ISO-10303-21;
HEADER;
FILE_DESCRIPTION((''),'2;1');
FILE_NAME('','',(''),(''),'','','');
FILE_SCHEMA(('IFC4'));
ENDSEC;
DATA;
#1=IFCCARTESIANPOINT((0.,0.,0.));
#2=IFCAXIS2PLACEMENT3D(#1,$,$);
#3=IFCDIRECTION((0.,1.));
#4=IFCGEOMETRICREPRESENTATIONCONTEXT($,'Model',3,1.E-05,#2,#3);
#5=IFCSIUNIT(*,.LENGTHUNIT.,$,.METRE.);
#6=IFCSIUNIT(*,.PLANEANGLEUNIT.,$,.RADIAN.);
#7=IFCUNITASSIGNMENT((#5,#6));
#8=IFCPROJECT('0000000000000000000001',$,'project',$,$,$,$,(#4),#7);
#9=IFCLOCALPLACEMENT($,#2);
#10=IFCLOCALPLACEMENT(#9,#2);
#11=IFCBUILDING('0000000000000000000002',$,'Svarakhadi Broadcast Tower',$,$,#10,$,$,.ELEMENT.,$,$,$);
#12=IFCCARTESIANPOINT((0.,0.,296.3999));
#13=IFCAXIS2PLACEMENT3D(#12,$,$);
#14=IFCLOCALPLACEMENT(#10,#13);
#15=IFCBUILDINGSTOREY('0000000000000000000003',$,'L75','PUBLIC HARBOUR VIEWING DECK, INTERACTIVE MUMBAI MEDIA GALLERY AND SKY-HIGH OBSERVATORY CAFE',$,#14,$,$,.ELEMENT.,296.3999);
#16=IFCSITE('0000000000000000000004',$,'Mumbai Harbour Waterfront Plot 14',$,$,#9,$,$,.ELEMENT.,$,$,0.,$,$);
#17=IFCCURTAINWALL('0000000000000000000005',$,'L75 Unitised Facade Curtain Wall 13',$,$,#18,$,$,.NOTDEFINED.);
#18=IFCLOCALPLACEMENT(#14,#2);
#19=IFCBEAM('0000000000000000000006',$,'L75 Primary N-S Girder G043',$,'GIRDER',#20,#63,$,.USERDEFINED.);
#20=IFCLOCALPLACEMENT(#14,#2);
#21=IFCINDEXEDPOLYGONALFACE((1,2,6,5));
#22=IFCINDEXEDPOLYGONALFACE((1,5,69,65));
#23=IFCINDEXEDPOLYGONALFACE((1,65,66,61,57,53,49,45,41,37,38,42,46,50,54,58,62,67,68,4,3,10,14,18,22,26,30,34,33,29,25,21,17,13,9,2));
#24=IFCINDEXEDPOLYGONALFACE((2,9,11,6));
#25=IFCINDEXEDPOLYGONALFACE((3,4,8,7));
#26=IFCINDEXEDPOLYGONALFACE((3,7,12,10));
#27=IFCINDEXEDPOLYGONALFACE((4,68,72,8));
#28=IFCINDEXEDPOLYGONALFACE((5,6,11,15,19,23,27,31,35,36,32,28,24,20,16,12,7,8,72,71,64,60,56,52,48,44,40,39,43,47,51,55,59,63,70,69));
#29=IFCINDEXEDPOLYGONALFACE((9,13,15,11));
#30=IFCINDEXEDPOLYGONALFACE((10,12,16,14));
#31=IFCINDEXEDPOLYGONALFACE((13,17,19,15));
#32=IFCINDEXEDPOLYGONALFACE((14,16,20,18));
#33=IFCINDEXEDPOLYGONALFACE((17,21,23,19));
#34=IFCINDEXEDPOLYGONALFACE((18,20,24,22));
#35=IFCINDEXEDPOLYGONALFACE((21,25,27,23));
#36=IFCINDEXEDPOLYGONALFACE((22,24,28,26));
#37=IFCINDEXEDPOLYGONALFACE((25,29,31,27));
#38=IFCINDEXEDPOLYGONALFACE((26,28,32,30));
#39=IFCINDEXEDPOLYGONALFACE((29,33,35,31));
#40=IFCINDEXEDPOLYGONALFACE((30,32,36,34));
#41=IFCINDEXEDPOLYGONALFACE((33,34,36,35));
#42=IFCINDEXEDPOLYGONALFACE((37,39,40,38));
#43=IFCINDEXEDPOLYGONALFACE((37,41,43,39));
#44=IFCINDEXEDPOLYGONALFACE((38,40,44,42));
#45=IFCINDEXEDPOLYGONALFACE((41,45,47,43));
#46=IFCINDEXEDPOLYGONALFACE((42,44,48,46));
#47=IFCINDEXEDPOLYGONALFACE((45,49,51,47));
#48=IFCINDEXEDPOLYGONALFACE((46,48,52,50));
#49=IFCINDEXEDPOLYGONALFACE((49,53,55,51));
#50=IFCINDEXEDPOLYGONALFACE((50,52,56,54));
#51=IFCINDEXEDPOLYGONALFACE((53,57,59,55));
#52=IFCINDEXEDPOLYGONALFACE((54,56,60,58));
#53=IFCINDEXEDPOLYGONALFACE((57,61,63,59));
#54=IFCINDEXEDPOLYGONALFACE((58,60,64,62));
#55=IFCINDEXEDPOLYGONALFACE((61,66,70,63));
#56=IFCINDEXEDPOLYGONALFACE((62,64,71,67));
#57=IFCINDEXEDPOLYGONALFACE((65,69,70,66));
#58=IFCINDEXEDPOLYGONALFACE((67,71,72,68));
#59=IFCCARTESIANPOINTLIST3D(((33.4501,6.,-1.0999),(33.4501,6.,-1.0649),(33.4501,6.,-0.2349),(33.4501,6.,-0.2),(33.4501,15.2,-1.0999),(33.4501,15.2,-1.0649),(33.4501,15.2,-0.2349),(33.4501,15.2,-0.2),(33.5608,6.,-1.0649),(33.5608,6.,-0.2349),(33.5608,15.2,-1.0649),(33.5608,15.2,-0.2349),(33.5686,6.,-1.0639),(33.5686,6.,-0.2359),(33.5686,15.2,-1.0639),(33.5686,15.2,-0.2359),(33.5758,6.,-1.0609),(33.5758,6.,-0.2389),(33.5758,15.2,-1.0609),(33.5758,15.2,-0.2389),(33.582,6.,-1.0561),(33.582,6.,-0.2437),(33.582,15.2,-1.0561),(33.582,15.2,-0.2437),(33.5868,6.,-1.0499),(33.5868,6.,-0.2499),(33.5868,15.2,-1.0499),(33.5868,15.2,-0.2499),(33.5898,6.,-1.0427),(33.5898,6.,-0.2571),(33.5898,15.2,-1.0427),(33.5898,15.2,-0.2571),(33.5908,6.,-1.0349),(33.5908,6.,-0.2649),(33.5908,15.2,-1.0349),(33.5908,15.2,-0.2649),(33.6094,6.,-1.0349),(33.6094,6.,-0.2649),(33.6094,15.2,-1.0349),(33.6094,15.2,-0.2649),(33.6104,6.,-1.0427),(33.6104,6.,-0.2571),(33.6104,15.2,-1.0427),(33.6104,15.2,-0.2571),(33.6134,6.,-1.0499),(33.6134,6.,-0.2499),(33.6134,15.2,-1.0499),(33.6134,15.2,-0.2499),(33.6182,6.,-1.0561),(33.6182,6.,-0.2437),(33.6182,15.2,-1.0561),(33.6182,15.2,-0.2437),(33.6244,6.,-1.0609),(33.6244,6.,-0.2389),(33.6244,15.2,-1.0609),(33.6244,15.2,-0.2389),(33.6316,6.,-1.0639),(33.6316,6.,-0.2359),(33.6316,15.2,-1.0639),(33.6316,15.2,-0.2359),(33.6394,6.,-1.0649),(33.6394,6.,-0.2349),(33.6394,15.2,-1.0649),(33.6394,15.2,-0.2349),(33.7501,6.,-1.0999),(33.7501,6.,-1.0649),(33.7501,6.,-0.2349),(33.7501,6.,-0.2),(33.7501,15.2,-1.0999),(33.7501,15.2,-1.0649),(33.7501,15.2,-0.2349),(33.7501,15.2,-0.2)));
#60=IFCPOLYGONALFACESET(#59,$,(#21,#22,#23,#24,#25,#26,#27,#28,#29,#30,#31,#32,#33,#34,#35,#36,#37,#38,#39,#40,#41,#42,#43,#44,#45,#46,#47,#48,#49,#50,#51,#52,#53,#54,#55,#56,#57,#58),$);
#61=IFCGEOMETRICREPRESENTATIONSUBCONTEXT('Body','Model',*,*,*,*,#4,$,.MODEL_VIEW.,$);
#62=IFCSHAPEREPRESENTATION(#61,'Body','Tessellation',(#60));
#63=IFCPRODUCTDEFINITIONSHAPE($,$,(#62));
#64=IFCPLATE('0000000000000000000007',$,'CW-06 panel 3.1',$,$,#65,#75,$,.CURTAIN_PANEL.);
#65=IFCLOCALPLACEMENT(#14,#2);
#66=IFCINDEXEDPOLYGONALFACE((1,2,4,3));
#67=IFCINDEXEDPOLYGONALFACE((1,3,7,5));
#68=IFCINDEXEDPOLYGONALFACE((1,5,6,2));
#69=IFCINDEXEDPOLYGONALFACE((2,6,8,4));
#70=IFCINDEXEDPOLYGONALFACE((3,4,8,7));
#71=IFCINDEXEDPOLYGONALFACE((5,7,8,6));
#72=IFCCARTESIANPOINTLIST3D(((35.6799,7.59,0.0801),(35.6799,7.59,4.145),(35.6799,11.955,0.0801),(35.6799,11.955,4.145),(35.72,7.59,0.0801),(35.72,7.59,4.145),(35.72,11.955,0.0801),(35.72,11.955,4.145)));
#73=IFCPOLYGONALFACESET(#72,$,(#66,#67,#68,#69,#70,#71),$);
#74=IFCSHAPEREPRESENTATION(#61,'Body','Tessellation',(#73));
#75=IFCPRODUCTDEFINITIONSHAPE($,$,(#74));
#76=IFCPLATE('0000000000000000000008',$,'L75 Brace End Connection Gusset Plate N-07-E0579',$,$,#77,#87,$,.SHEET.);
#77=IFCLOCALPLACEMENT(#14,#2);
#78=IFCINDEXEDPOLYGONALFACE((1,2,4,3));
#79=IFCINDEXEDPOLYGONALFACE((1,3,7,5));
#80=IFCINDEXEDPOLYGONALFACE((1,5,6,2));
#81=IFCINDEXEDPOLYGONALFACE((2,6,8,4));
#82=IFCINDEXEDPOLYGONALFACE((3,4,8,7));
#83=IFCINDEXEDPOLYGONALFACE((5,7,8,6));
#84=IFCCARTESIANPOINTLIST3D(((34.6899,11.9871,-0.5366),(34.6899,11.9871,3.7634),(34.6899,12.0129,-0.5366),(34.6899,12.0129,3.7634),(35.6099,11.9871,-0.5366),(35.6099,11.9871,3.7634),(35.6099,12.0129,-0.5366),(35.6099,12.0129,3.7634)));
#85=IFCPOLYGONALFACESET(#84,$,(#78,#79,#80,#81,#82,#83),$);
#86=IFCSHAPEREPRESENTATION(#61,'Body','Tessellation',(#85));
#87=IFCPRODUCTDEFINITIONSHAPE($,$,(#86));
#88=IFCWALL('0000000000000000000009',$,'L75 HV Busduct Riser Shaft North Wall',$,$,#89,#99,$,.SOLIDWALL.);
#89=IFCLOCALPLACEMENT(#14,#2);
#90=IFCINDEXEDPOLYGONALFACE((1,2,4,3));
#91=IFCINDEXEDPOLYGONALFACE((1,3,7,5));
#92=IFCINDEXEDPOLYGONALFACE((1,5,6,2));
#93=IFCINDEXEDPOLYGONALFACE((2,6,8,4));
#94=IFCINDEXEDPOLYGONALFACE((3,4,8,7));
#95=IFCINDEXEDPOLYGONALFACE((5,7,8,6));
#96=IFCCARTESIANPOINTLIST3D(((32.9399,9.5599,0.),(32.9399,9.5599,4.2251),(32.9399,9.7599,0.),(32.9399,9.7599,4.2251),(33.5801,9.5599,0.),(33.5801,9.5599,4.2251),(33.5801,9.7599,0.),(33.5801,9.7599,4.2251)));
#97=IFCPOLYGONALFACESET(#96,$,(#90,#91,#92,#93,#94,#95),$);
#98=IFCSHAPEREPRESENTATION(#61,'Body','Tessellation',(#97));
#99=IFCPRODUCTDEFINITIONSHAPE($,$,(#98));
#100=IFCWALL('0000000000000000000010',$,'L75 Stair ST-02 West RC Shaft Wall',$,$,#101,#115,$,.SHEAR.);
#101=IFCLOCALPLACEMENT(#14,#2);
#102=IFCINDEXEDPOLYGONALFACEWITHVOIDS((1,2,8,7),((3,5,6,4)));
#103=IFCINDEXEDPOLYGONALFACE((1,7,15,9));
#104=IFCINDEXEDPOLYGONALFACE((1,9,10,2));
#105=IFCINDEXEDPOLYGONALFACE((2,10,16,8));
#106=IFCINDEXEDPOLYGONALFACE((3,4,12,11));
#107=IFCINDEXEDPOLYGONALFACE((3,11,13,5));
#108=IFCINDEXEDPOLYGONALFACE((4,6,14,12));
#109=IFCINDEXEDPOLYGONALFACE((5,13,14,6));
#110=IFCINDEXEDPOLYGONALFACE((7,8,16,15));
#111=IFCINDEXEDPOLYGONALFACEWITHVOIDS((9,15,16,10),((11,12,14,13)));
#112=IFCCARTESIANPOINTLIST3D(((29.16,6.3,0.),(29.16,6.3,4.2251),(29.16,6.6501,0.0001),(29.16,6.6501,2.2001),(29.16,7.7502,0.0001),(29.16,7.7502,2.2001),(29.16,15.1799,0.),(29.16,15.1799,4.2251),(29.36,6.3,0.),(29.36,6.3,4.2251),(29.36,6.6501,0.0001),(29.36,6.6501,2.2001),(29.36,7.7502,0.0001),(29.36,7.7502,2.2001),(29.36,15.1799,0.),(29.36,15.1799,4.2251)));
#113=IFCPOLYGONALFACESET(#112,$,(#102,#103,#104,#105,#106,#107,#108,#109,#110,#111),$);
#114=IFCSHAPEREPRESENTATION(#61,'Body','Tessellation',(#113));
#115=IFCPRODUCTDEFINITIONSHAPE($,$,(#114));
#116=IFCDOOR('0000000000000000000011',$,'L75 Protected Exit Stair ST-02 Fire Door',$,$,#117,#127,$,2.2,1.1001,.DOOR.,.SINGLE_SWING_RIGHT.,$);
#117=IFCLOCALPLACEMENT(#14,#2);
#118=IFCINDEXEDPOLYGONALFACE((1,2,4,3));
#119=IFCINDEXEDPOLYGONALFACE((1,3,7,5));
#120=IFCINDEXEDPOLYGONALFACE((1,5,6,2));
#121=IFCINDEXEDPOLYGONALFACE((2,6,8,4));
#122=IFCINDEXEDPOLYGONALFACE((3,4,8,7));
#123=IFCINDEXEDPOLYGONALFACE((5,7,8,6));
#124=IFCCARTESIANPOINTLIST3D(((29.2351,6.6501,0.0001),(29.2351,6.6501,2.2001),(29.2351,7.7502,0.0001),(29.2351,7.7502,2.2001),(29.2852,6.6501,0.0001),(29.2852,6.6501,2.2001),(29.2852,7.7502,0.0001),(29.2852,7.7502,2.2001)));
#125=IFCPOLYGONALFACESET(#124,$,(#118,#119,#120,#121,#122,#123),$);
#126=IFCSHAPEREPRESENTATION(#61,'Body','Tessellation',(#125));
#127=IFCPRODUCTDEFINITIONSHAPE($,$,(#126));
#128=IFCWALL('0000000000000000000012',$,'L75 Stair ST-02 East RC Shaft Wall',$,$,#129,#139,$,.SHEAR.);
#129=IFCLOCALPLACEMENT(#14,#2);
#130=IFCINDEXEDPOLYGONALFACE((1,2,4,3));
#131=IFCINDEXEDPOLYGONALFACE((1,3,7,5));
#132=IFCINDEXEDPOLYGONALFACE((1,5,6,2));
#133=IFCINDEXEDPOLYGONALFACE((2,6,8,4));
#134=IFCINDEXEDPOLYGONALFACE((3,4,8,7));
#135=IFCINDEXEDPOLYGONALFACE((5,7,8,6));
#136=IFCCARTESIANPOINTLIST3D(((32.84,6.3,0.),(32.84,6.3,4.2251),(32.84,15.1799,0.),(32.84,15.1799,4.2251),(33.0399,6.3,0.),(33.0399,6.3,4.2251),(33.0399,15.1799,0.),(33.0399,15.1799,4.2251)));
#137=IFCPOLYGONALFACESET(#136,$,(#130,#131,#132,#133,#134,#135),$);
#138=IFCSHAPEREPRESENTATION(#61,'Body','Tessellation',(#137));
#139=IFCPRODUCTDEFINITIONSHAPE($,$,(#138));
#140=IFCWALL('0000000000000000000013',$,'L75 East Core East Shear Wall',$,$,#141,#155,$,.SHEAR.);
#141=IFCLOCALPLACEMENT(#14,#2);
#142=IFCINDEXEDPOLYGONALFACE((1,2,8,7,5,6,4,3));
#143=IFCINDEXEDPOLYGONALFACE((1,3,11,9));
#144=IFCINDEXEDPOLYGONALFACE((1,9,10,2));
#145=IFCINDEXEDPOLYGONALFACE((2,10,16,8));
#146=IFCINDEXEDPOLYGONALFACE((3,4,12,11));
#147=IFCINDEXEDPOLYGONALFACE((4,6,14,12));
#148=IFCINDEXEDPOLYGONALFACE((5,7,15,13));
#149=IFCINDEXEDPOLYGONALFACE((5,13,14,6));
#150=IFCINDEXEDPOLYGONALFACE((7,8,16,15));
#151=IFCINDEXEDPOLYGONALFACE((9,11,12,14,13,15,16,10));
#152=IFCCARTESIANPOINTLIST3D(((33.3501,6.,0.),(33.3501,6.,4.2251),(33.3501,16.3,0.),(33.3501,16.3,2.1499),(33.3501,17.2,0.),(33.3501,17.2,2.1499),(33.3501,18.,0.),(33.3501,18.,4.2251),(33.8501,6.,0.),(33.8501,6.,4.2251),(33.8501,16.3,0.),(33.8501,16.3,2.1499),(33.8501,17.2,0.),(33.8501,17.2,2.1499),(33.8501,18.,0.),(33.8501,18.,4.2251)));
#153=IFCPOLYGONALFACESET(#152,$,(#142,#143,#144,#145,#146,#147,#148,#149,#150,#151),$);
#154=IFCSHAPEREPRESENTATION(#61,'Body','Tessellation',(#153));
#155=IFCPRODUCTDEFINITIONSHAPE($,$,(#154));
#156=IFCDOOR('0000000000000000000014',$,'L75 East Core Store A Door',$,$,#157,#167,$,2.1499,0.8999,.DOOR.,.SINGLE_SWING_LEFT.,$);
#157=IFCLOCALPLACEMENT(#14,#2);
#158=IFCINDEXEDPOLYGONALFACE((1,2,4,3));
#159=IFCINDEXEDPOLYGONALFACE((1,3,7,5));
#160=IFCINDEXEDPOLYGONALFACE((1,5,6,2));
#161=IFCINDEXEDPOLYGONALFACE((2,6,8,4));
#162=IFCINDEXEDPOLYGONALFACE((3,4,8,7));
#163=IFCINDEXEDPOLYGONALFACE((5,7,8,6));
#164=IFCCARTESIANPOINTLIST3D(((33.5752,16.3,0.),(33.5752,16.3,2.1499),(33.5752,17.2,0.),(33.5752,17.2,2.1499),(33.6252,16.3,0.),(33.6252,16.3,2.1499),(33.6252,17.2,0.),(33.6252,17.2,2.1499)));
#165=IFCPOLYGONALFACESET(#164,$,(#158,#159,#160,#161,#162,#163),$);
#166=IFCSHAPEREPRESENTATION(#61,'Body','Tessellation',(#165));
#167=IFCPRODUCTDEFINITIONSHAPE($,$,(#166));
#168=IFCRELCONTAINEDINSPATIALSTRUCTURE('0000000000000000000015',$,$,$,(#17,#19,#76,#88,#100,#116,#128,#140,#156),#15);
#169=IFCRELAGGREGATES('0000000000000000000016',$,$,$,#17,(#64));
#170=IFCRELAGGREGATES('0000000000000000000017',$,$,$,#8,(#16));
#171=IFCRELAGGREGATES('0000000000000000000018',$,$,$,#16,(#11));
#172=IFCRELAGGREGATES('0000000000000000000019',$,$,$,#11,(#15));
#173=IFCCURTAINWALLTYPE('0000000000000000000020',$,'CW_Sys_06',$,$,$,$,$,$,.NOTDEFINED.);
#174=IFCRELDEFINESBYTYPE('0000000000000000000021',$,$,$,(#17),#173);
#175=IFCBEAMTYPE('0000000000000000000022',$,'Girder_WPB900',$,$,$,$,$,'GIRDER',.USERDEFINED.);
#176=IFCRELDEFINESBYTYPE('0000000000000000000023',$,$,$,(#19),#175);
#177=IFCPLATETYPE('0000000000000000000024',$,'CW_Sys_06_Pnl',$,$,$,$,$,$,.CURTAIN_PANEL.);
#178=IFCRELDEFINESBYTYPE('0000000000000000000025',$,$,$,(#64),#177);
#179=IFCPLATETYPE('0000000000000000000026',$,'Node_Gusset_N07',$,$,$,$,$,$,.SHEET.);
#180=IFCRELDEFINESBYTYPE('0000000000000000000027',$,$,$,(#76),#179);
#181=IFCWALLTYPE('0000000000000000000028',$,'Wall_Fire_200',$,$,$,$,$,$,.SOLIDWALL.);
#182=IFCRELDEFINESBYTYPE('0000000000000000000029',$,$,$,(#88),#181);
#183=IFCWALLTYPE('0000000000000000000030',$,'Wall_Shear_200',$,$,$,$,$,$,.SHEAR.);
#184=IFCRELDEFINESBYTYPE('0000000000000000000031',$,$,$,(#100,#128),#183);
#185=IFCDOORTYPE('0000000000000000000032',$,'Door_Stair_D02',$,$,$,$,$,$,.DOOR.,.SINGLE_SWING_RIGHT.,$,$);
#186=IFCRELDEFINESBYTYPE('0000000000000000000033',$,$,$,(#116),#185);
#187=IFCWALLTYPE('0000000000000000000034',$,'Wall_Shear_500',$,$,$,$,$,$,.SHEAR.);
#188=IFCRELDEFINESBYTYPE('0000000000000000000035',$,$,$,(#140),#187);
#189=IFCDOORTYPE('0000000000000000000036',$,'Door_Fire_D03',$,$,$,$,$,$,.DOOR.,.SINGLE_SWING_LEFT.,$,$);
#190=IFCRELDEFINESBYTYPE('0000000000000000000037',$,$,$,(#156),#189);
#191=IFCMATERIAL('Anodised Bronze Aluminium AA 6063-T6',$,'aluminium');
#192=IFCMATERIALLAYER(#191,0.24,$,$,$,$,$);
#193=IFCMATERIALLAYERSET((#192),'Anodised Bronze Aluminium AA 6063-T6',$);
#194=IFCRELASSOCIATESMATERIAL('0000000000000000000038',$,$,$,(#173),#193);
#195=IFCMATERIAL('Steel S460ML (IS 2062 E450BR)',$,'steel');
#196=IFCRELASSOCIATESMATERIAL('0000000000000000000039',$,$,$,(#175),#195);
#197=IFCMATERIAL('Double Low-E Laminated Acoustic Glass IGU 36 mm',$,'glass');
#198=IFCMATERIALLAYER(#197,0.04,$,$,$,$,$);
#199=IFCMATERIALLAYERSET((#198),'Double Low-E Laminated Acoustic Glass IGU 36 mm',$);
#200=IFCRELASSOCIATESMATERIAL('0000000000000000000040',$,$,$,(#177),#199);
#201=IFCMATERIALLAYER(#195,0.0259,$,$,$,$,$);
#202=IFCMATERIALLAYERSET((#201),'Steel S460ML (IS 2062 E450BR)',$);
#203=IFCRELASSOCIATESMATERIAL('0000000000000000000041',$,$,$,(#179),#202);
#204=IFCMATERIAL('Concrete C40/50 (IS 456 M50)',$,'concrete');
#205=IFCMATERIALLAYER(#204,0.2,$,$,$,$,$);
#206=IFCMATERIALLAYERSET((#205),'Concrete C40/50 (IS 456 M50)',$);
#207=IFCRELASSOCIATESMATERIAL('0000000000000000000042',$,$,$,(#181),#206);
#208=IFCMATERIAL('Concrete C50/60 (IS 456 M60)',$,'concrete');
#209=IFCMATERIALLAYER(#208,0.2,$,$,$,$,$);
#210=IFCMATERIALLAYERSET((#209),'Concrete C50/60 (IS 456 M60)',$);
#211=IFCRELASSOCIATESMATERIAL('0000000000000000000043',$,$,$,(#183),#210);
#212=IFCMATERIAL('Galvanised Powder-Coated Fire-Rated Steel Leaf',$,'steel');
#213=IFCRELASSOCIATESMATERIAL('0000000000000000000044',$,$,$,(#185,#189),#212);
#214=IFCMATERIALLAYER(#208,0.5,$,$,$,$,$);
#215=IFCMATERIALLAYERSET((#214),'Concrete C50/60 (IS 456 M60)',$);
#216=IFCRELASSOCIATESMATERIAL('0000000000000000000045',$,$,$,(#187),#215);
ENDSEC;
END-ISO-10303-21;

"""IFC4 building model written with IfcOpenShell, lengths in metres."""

from ifc_helpers import new_model, si_unit, direction, frame, frame_2d, origin, origin_2d, place, context, subcontext, project, spatial, rectangle, i_section, extrude, material, layer, layer_set, material_profile, profile_set, type_object, element, fill, aggregate, save


model = new_model("IFC4")

# Units and contexts
model_context = context("Model", 3, precision=1e-05, world=origin(), true_north=direction((0.0, 1.0)))
body_context = subcontext(model_context, "Body", "Model", "MODEL_VIEW")
ifc_project = project(units=[si_unit("LENGTHUNIT", "METRE"), si_unit("PLANEANGLEUNIT", "RADIAN")], contexts=[model_context])

# Site, building, storey
site_placement = place(None, origin())
site = spatial("IfcSite", under=ifc_project, at=site_placement, Name="Mumbai Harbour Waterfront Plot 14", CompositionType="ELEMENT", RefElevation=0.0)
building_placement = place(site_placement, origin())
building = spatial("IfcBuilding", under=site, at=building_placement, Name="Svarakhadi Broadcast Tower", CompositionType="ELEMENT")
storey_placement = place(building_placement, frame((0.0, 0.0, 296.3999)))
storey = spatial("IfcBuildingStorey", under=building, at=storey_placement, Name="L75", Description="PUBLIC HARBOUR VIEWING DECK, INTERACTIVE MUMBAI MEDIA GALLERY AND SKY-HIGH OBSERVATORY CAFE", CompositionType="ELEMENT", Elevation=296.3999)

# Shared definitions
ifc_material_1 = material(Name="Steel S460ML (IS 2062 E450BR)", Category="steel")

# Curtain wall
ifc_material_2 = material(Name="Anodised Bronze Aluminium AA 6063-T6", Category="aluminium")
ifc_layer_1 = layer(ifc_material_2, 0.24)
ifc_layer_set_1 = layer_set([ifc_layer_1], Name="Anodised Bronze Aluminium AA 6063-T6")
curtain_wall_type = type_object("IfcCurtainWallType", Name="CW_Sys_06", PredefinedType="NOTDEFINED", material=ifc_layer_set_1)
curtain_wall_placement = place(storey_placement, origin())
curtain_wall = element("IfcCurtainWall", 1, at=curtain_wall_placement, inside=storey, type_object=curtain_wall_type, Name="L75 Unitised Facade Curtain Wall 13", PredefinedType="NOTDEFINED")

# Beam
ifc_material_3 = material(Name="Concrete C50/60 (IS 456 M60)", Category="concrete")
ifc_material_profile_1 = material_profile(ifc_material_1, i_section(OverallWidth=0.3, OverallDepth=0.8999, WebThickness=0.0186, FlangeThickness=0.0349, FilletRadius=0.03, at=origin_2d()), Name="WPB 900x300x291")
ifc_profile_set_1 = profile_set([ifc_material_profile_1], Name="Steel S460ML (IS 2062 E450BR)")
beam_type_1 = type_object("IfcBeamType", Name="Girder_WPB900", ElementType="GIRDER", PredefinedType="USERDEFINED", material=ifc_profile_set_1)
beam_1_placement = place(storey_placement, frame((33.6001, 6.0, -0.6499), z_axis=(0.0, 1.0, 0.0), x_axis=(-1.0, 0.0, 0.0)))
element("IfcBeam", 2, at=beam_1_placement, inside=storey, type_object=beam_type_1, Name="L75 Primary N-S Girder G043", ObjectType="GIRDER", PredefinedType="USERDEFINED", context=body_context, shape_type="SweptSolid", body=[
    extrude(i_section(OverallWidth=0.3, OverallDepth=0.8999, WebThickness=0.0186, FlangeThickness=0.0349, FilletRadius=0.03, at=origin_2d()), origin(), (0.0, 0.0, 1.0), 9.2),
])

# Plates
ifc_material_4 = material(Name="Double Low-E Laminated Acoustic Glass IGU 36 mm", Category="glass")
ifc_layer_2 = layer(ifc_material_4, 0.04)
ifc_layer_set_2 = layer_set([ifc_layer_2], Name="Double Low-E Laminated Acoustic Glass IGU 36 mm")
plate_type_1 = type_object("IfcPlateType", Name="CW_Sys_06_Pnl", PredefinedType="CURTAIN_PANEL", material=ifc_layer_set_2)
plate_1_placement = place(storey_placement, frame((35.7, 9.7725, 0.0801), z_axis=(0.0, 0.0, 1.0), x_axis=(0.0, -1.0, 0.0)))
plate_1 = element("IfcPlate", 3, at=plate_1_placement, type_object=plate_type_1, Name="CW-06 panel 3.1", PredefinedType="CURTAIN_PANEL", context=body_context, shape_type="SweptSolid", body=[
    extrude(rectangle(XDim=4.365, YDim=0.04, at=origin_2d()), origin(), (0.0, 0.0, 1.0), 4.0649),
])
aggregate(curtain_wall, [plate_1])
ifc_layer_3 = layer(ifc_material_1, 0.0259)
ifc_layer_set_3 = layer_set([ifc_layer_3], Name="Steel S460ML (IS 2062 E450BR)")
plate_type_2 = type_object("IfcPlateType", Name="Node_Gusset_N07", PredefinedType="SHEET", material=ifc_layer_set_3)
plate_2_placement = place(storey_placement, frame((35.1499, 12.0, -0.5366), z_axis=(0.0, 0.0, 1.0), x_axis=(1.0, 0.0, 0.0)))
element("IfcPlate", 4, at=plate_2_placement, inside=storey, type_object=plate_type_2, Name="L75 Brace End Connection Gusset Plate N-07-E0579", PredefinedType="SHEET", context=body_context, shape_type="SweptSolid", body=[
    extrude(rectangle(XDim=0.9199, YDim=0.0259, at=origin_2d()), origin(), (0.0, 0.0, 1.0), 4.3),
])

# Wall
ifc_material_5 = material(Name="Concrete C40/50 (IS 456 M50)", Category="concrete")
ifc_layer_4 = layer(ifc_material_5, 0.2)
ifc_layer_set_4 = layer_set([ifc_layer_4], Name="Concrete C40/50 (IS 456 M50)")
wall_type_1 = type_object("IfcWallType", Name="Wall_Fire_200", PredefinedType="SOLIDWALL", material=ifc_layer_set_4)
wall_1_placement = place(storey_placement, frame((32.9399, 9.6599, 0.0), z_axis=(0.0, 0.0, 1.0), x_axis=(1.0, 0.0, 0.0)))
element("IfcWall", 5, at=wall_1_placement, inside=storey, type_object=wall_type_1, Name="L75 HV Busduct Riser Shaft North Wall", PredefinedType="SOLIDWALL", context=body_context, shape_type="SweptSolid", body=[
    extrude(rectangle(XDim=0.6401, YDim=0.2, at=frame_2d((0.3201, 0.0))), origin(), (0.0, 0.0, 1.0), 4.2251),
])

# Wall, opening, door
ifc_layer_5 = layer(ifc_material_3, 0.2)
ifc_layer_set_5 = layer_set([ifc_layer_5], Name="Concrete C50/60 (IS 456 M60)")
wall_type_2 = type_object("IfcWallType", Name="Wall_Shear_200", PredefinedType="SHEAR", material=ifc_layer_set_5)
wall_2_placement = place(storey_placement, frame((29.26, 6.3, 0.0), z_axis=(0.0, 0.0, 1.0), x_axis=(0.0, 1.0, 0.0)))
wall_2 = element("IfcWall", 6, at=wall_2_placement, inside=storey, type_object=wall_type_2, Name="L75 Stair ST-02 West RC Shaft Wall", PredefinedType="SHEAR", context=body_context, shape_type="SweptSolid", body=[
    extrude(rectangle(XDim=8.8799, YDim=0.2, at=frame_2d((4.4399, 0.0))), origin(), (0.0, 0.0, 1.0), 4.2251),
])
opening_1_placement = place(wall_2_placement, frame((0.3501, 0.0, 0.0)))
opening_1 = element("IfcOpeningElement", 7, at=opening_1_placement, cuts=wall_2, PredefinedType="OPENING", context=body_context, shape_type="SweptSolid", body=[
    extrude(rectangle(XDim=1.1001, YDim=2.2, at=frame_2d((0.55, 1.1001))), frame((0.0, 0.1099, 0.0), z_axis=(0.0, -1.0, 0.0), x_axis=(1.0, 0.0, 0.0)), (0.0, 0.0, 1.0), 0.22),
])
ifc_material_6 = material(Name="Galvanised Powder-Coated Fire-Rated Steel Leaf", Category="steel")
door_type_1 = type_object("IfcDoorType", Name="Door_Stair_D02", OperationType="SINGLE_SWING_RIGHT", PredefinedType="DOOR", material=ifc_material_6)
door_1_placement = place(opening_1_placement, origin())
door_1 = element("IfcDoor", 8, at=door_1_placement, inside=storey, type_object=door_type_1, Name="L75 Protected Exit Stair ST-02 Fire Door", OperationType="SINGLE_SWING_RIGHT", OverallHeight=2.2, OverallWidth=1.1001, PredefinedType="DOOR", context=body_context, shape_type="SweptSolid", body=[
    extrude(rectangle(XDim=1.1001, YDim=2.2, at=frame_2d((0.55, 1.1001))), frame((0.0, 0.0249, 0.0), z_axis=(0.0, -1.0, 0.0), x_axis=(1.0, 0.0, 0.0)), (0.0, 0.0, 1.0), 0.05),
])
fill(opening_1, door_1)

# Wall
wall_3_placement = place(storey_placement, frame((32.9399, 6.3, 0.0), z_axis=(0.0, 0.0, 1.0), x_axis=(0.0, 1.0, 0.0)))
element("IfcWall", 9, at=wall_3_placement, inside=storey, type_object=wall_type_2, Name="L75 Stair ST-02 East RC Shaft Wall", PredefinedType="SHEAR", context=body_context, shape_type="SweptSolid", body=[
    extrude(rectangle(XDim=8.8799, YDim=0.2, at=frame_2d((4.4399, 0.0))), origin(), (0.0, 0.0, 1.0), 4.2251),
])

# Wall, opening, door
ifc_layer_6 = layer(ifc_material_3, 0.5)
ifc_layer_set_6 = layer_set([ifc_layer_6], Name="Concrete C50/60 (IS 456 M60)")
wall_type_3 = type_object("IfcWallType", Name="Wall_Shear_500", PredefinedType="SHEAR", material=ifc_layer_set_6)
wall_4_placement = place(storey_placement, frame((33.6001, 6.0, 0.0), z_axis=(0.0, 0.0, 1.0), x_axis=(0.0, 1.0, 0.0)))
wall_4 = element("IfcWall", 10, at=wall_4_placement, inside=storey, type_object=wall_type_3, Name="L75 East Core East Shear Wall", PredefinedType="SHEAR", context=body_context, shape_type="SweptSolid", body=[
    extrude(rectangle(XDim=12.0, YDim=0.5, at=frame_2d((6.0, 0.0))), origin(), (0.0, 0.0, 1.0), 4.2251),
])
opening_2_placement = place(wall_4_placement, frame((10.3, 0.0, 0.0)))
opening_2 = element("IfcOpeningElement", 11, at=opening_2_placement, cuts=wall_4, PredefinedType="OPENING", context=body_context, shape_type="SweptSolid", body=[
    extrude(rectangle(XDim=0.8999, YDim=2.1499, at=frame_2d((0.45, 1.075))), frame((0.0, 0.26, 0.0), z_axis=(0.0, -1.0, 0.0), x_axis=(1.0, 0.0, 0.0)), (0.0, 0.0, 1.0), 0.52),
])
door_type_2 = type_object("IfcDoorType", Name="Door_Fire_D03", OperationType="SINGLE_SWING_LEFT", PredefinedType="DOOR", material=ifc_material_6)
door_2_placement = place(opening_2_placement, origin())
door_2 = element("IfcDoor", 12, at=door_2_placement, inside=storey, type_object=door_type_2, Name="L75 East Core Store A Door", OperationType="SINGLE_SWING_LEFT", OverallHeight=2.1499, OverallWidth=0.8999, PredefinedType="DOOR", context=body_context, shape_type="SweptSolid", body=[
    extrude(rectangle(XDim=0.8999, YDim=2.1499, at=frame_2d((0.45, 1.075))), frame((0.0, 0.0249, 0.0), z_axis=(0.0, -1.0, 0.0), x_axis=(1.0, 0.0, 0.0)), (0.0, 0.0, 1.0), 0.05),
])
fill(opening_2, door_2)

save(model, "model.ifc")
